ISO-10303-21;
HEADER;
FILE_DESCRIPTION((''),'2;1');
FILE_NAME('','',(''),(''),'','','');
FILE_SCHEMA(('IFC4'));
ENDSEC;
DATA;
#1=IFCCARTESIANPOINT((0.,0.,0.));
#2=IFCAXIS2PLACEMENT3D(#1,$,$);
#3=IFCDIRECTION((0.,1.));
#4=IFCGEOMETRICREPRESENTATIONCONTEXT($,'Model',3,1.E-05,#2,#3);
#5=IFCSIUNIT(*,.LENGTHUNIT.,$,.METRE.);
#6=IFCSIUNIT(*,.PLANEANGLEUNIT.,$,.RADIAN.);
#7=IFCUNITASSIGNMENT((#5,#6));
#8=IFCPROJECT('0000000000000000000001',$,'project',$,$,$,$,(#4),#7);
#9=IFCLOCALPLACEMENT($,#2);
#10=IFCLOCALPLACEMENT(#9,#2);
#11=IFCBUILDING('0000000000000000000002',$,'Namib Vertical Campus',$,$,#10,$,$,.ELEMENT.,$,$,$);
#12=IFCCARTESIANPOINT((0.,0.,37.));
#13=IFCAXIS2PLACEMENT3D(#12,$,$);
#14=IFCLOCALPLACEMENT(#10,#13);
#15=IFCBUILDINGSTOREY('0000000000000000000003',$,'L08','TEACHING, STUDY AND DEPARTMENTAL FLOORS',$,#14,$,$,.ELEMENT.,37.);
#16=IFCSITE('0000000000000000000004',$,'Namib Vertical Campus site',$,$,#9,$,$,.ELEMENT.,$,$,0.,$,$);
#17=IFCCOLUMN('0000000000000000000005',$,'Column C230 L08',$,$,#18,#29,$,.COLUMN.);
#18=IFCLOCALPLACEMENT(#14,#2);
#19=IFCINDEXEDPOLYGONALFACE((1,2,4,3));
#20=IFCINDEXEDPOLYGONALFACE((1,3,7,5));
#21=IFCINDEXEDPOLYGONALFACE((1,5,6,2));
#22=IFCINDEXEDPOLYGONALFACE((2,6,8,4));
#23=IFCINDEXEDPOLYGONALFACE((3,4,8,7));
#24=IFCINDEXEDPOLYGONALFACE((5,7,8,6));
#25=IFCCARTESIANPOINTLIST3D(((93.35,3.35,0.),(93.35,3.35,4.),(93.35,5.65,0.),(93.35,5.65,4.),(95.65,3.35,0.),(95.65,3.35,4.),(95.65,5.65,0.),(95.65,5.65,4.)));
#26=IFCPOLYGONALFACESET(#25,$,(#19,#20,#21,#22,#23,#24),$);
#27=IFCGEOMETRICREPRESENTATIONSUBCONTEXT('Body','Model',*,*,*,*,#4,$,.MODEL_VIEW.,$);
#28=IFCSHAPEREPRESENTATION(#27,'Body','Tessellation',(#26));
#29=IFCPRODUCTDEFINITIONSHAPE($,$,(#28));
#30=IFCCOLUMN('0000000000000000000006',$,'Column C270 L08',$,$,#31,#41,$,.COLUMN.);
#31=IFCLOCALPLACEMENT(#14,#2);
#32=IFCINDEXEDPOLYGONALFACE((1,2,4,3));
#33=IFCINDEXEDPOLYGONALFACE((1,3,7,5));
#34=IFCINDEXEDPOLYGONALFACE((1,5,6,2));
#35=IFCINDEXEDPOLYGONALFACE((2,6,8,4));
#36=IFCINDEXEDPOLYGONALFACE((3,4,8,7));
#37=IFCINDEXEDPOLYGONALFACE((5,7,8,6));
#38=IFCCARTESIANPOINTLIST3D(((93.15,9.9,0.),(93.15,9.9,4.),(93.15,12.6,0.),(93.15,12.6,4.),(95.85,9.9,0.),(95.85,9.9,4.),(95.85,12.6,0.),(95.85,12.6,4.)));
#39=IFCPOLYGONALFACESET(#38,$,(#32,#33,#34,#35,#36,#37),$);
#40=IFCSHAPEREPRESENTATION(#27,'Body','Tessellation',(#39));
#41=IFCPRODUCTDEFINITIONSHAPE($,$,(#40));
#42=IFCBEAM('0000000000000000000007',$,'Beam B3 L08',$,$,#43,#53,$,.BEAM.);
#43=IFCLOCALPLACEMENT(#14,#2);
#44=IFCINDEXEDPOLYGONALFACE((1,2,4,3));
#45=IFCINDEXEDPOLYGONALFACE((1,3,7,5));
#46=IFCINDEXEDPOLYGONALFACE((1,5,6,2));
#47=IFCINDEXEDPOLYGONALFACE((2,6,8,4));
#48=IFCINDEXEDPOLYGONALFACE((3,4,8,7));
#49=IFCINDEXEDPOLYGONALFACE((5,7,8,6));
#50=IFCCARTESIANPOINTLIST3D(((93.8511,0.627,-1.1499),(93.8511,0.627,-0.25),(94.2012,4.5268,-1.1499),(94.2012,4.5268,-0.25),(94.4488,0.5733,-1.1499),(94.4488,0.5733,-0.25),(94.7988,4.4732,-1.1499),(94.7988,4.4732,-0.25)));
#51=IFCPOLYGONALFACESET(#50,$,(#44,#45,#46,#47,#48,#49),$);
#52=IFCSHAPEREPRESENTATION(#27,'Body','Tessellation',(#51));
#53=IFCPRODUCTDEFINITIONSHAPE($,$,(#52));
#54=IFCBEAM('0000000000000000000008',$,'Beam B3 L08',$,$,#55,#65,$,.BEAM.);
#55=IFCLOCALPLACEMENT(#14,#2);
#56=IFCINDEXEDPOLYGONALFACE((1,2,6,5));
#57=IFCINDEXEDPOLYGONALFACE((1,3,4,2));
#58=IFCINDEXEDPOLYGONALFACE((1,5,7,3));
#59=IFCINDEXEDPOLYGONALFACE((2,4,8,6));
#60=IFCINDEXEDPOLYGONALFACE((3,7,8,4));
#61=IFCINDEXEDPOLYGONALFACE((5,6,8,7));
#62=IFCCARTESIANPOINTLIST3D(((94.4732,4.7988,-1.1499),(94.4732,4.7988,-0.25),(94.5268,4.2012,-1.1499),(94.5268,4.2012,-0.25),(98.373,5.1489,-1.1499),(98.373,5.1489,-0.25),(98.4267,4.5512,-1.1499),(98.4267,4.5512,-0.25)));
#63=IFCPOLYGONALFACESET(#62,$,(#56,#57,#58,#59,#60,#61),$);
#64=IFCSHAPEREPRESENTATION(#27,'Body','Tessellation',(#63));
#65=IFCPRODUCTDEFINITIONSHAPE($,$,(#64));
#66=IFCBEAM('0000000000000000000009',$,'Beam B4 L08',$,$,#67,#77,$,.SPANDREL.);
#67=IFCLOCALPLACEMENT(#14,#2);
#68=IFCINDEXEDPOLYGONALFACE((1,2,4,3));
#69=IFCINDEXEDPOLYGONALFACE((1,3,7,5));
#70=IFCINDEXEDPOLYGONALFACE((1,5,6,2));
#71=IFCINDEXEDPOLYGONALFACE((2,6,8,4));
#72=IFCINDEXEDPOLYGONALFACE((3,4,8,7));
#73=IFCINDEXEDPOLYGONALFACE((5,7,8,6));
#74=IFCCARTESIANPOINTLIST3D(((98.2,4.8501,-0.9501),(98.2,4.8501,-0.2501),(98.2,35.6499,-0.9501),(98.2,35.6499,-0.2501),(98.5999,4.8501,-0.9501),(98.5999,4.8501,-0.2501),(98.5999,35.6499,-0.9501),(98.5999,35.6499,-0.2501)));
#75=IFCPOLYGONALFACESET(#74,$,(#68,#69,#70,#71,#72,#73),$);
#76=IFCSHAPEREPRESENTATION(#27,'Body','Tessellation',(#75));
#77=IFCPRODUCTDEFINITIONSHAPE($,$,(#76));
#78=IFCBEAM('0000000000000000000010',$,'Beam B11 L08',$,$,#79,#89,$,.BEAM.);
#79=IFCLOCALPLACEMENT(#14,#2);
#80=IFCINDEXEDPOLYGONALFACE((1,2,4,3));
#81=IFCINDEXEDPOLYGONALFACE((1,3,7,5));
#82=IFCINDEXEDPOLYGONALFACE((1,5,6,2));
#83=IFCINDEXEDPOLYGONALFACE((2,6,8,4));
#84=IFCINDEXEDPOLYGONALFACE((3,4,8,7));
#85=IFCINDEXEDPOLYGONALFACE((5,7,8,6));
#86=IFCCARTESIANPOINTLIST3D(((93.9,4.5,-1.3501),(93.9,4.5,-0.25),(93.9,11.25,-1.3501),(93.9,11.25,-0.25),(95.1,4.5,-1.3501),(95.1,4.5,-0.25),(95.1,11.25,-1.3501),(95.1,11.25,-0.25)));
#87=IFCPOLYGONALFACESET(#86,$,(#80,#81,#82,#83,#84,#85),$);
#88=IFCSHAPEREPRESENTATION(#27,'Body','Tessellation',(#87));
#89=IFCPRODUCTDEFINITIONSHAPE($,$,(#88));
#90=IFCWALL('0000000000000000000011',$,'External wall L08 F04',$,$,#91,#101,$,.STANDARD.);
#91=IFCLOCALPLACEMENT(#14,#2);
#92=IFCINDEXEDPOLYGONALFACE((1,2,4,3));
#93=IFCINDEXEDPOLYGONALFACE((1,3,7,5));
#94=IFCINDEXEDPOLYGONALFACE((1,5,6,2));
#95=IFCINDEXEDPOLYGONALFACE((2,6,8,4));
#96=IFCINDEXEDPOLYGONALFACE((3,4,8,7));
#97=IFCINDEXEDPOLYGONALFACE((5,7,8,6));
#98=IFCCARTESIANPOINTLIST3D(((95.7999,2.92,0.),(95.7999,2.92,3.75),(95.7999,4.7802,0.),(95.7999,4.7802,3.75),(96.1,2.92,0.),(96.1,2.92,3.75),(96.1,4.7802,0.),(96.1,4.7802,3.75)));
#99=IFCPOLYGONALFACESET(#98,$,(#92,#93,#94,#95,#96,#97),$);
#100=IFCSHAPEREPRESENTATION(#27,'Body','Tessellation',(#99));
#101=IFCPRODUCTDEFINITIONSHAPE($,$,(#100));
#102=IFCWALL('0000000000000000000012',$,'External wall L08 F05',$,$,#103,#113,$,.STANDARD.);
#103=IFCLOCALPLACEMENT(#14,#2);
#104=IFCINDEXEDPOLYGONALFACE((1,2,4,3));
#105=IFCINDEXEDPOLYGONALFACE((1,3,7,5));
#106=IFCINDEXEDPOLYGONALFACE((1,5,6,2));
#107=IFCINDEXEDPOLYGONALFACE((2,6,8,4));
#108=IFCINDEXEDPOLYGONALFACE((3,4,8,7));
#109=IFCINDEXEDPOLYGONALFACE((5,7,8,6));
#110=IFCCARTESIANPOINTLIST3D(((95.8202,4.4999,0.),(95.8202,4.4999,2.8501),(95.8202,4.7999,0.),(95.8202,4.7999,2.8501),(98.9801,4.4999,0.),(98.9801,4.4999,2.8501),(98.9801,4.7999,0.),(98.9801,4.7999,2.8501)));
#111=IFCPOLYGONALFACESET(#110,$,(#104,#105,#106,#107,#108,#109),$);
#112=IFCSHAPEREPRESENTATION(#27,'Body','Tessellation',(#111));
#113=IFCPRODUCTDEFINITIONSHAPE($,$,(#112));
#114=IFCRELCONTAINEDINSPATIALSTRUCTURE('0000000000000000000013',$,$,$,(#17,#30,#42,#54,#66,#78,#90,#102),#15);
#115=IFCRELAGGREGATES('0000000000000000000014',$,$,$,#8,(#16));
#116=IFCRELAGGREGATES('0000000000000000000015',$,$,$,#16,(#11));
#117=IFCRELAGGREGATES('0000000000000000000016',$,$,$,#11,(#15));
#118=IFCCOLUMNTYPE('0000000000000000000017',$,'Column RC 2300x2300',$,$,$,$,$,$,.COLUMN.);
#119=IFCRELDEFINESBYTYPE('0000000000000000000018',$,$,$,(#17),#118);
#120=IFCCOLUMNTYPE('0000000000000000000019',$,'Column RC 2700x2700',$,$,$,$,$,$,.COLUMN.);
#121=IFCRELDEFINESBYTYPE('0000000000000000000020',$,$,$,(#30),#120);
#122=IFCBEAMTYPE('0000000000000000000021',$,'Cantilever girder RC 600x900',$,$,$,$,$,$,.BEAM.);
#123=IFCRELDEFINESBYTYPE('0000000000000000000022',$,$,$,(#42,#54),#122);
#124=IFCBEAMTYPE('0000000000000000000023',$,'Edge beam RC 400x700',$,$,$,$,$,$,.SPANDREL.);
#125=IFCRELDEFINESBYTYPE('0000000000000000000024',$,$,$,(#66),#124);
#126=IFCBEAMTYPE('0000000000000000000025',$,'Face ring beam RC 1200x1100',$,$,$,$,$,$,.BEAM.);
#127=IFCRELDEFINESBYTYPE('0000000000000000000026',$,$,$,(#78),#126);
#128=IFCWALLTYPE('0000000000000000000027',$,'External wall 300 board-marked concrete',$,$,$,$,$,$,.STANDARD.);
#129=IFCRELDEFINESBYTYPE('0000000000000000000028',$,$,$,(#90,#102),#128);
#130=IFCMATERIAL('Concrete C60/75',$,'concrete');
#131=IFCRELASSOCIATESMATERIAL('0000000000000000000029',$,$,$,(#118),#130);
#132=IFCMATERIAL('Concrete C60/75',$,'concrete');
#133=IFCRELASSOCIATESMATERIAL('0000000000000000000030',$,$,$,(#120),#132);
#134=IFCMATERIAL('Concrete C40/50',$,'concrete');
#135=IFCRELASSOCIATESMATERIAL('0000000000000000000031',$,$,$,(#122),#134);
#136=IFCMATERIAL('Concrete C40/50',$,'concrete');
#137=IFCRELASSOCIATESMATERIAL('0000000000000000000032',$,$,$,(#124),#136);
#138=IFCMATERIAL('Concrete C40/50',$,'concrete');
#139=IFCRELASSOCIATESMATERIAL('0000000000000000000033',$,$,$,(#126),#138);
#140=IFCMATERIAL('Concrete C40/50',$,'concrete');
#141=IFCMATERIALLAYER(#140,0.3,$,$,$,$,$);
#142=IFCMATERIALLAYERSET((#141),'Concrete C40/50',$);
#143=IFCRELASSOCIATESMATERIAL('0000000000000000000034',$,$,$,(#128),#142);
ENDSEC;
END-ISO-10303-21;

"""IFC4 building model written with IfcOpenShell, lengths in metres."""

from ifc_helpers import new_model, si_unit, direction, frame, frame_2d, origin, origin_2d, place, context, subcontext, project, spatial, rectangle, extrude, material, layer, layer_set, material_profile, profile_set, type_object, element, save


model = new_model("IFC4")

# Units and contexts
model_context = context("Model", 3, precision=1e-05, world=origin(), true_north=direction((0.0, 1.0)))
body_context = subcontext(model_context, "Body", "Model", "MODEL_VIEW")
ifc_project = project(units=[si_unit("LENGTHUNIT", "METRE"), si_unit("PLANEANGLEUNIT", "RADIAN")], contexts=[model_context])

# Site, building, storey
site_placement = place(None, origin())
site = spatial("IfcSite", under=ifc_project, at=site_placement, Name="Namib Vertical Campus site", CompositionType="ELEMENT", RefElevation=0.0)
building_placement = place(site_placement, origin())
building = spatial("IfcBuilding", under=site, at=building_placement, Name="Namib Vertical Campus", CompositionType="ELEMENT")
storey_placement = place(building_placement, frame((0.0, 0.0, 37.0)))
storey = spatial("IfcBuildingStorey", under=building, at=storey_placement, Name="L08", Description="TEACHING, STUDY AND DEPARTMENTAL FLOORS", CompositionType="ELEMENT", Elevation=37.0)

# Columns
ifc_material_1 = material(Name="Concrete C60/75", Category="concrete")
ifc_material_profile_1 = material_profile(ifc_material_1, rectangle(XDim=2.3, YDim=2.3, at=origin_2d()))
ifc_profile_set_1 = profile_set([ifc_material_profile_1], Name="Concrete C60/75")
column_type_1 = type_object("IfcColumnType", Name="Column RC 2300x2300", PredefinedType="COLUMN", material=ifc_profile_set_1)
column_1_placement = place(storey_placement, frame((94.5, 4.5, 0.0), z_axis=(0.0, 0.0, 1.0), x_axis=(1.0, 0.0, 0.0)))
element("IfcColumn", 1, at=column_1_placement, inside=storey, type_object=column_type_1, Name="Column C230 L08", PredefinedType="COLUMN", context=body_context, shape_type="SweptSolid", body=[
    extrude(rectangle(XDim=2.3, YDim=2.3, at=origin_2d()), origin(), (0.0, 0.0, 1.0), 4.0),
])
ifc_material_2 = material(Name="Concrete C60/75", Category="concrete")
ifc_material_profile_2 = material_profile(ifc_material_2, rectangle(XDim=2.7, YDim=2.7, at=origin_2d()))
ifc_profile_set_2 = profile_set([ifc_material_profile_2], Name="Concrete C60/75")
column_type_2 = type_object("IfcColumnType", Name="Column RC 2700x2700", PredefinedType="COLUMN", material=ifc_profile_set_2)
column_2_placement = place(storey_placement, frame((94.5, 11.25, 0.0), z_axis=(0.0, 0.0, 1.0), x_axis=(1.0, 0.0, 0.0)))
element("IfcColumn", 2, at=column_2_placement, inside=storey, type_object=column_type_2, Name="Column C270 L08", PredefinedType="COLUMN", context=body_context, shape_type="SweptSolid", body=[
    extrude(rectangle(XDim=2.7, YDim=2.7, at=origin_2d()), origin(), (0.0, 0.0, 1.0), 4.0),
])

# Beams
ifc_material_3 = material(Name="Concrete C40/50", Category="concrete")
ifc_material_profile_3 = material_profile(ifc_material_3, rectangle(XDim=0.6001, YDim=0.8999, at=origin_2d()))
ifc_profile_set_3 = profile_set([ifc_material_profile_3], Name="Concrete C40/50")
beam_type_1 = type_object("IfcBeamType", Name="Cantilever girder RC 600x900", PredefinedType="BEAM", material=ifc_profile_set_3)
for number, where, z_axis, x_axis, name in (
    (3, (94.5, 4.5, -0.7), (-0.089411, -0.995995, 0.0), (0.995995, -0.089411, 0.0), "Beam B3 L08"),
    (4, (94.5, 4.5, -0.7), (0.995995, 0.089411, 0.0), (-0.089411, 0.995995, 0.0), "Beam B3 L08"),
):
    element("IfcBeam", number, at=place(storey_placement, frame(where, z_axis=z_axis, x_axis=x_axis)), inside=storey, type_object=beam_type_1, Name=name, PredefinedType="BEAM", context=body_context, shape_type="SweptSolid", body=[
        extrude(rectangle(XDim=0.6001, YDim=0.8999, at=origin_2d()), origin(), (0.0, 0.0, 1.0), 3.9155),
    ])
ifc_material_4 = material(Name="Concrete C40/50", Category="concrete")
ifc_material_profile_4 = material_profile(ifc_material_4, rectangle(XDim=0.3999, YDim=0.7, at=origin_2d()))
ifc_profile_set_4 = profile_set([ifc_material_profile_4], Name="Concrete C40/50")
beam_type_2 = type_object("IfcBeamType", Name="Edge beam RC 400x700", PredefinedType="SPANDREL", material=ifc_profile_set_4)
beam_1_placement = place(storey_placement, frame((98.3999, 4.8501, -0.6001), z_axis=(0.0, 1.0, 0.0), x_axis=(-1.0, 0.0, 0.0)))
element("IfcBeam", 5, at=beam_1_placement, inside=storey, type_object=beam_type_2, Name="Beam B4 L08", PredefinedType="SPANDREL", context=body_context, shape_type="SweptSolid", body=[
    extrude(rectangle(XDim=0.3999, YDim=0.7, at=origin_2d()), origin(), (0.0, 0.0, 1.0), 30.7998),
])
ifc_material_5 = material(Name="Concrete C40/50", Category="concrete")
ifc_material_profile_5 = material_profile(ifc_material_5, rectangle(XDim=1.2, YDim=1.1001, at=origin_2d()))
ifc_profile_set_5 = profile_set([ifc_material_profile_5], Name="Concrete C40/50")
beam_type_3 = type_object("IfcBeamType", Name="Face ring beam RC 1200x1100", PredefinedType="BEAM", material=ifc_profile_set_5)
beam_2_placement = place(storey_placement, frame((94.5, 4.5, -0.8), z_axis=(0.0, 1.0, 0.0), x_axis=(-1.0, 0.0, 0.0)))
element("IfcBeam", 6, at=beam_2_placement, inside=storey, type_object=beam_type_3, Name="Beam B11 L08", PredefinedType="BEAM", context=body_context, shape_type="SweptSolid", body=[
    extrude(rectangle(XDim=1.2, YDim=1.1001, at=origin_2d()), origin(), (0.0, 0.0, 1.0), 6.75),
])

# Walls
ifc_material_6 = material(Name="Concrete C40/50", Category="concrete")
ifc_layer_1 = layer(ifc_material_6, 0.3)
ifc_layer_set_1 = layer_set([ifc_layer_1], Name="Concrete C40/50")
wall_type = type_object("IfcWallType", Name="External wall 300 board-marked concrete", PredefinedType="STANDARD", material=ifc_layer_set_1)
wall_1_placement = place(storey_placement, frame((95.95, 2.9199, 0.0), z_axis=(0.0, 0.0, 1.0), x_axis=(0.0, 1.0, 0.0)))
element("IfcWall", 7, at=wall_1_placement, inside=storey, type_object=wall_type, Name="External wall L08 F04", PredefinedType="STANDARD", context=body_context, shape_type="SweptSolid", body=[
    extrude(rectangle(XDim=1.8601, YDim=0.3, at=frame_2d((0.9302, 0.0))), origin(), (0.0, 0.0, 1.0), 3.75),
])
wall_2_placement = place(storey_placement, frame((95.8201, 4.6499, 0.0), z_axis=(0.0, 0.0, 1.0), x_axis=(1.0, 0.0, 0.0)))
element("IfcWall", 8, at=wall_2_placement, inside=storey, type_object=wall_type, Name="External wall L08 F05", PredefinedType="STANDARD", context=body_context, shape_type="SweptSolid", body=[
    extrude(rectangle(XDim=3.1599, YDim=0.3, at=frame_2d((1.5801, 0.0))), origin(), (0.0, 0.0, 1.0), 2.8501),
])

save(model, "model.ifc")
